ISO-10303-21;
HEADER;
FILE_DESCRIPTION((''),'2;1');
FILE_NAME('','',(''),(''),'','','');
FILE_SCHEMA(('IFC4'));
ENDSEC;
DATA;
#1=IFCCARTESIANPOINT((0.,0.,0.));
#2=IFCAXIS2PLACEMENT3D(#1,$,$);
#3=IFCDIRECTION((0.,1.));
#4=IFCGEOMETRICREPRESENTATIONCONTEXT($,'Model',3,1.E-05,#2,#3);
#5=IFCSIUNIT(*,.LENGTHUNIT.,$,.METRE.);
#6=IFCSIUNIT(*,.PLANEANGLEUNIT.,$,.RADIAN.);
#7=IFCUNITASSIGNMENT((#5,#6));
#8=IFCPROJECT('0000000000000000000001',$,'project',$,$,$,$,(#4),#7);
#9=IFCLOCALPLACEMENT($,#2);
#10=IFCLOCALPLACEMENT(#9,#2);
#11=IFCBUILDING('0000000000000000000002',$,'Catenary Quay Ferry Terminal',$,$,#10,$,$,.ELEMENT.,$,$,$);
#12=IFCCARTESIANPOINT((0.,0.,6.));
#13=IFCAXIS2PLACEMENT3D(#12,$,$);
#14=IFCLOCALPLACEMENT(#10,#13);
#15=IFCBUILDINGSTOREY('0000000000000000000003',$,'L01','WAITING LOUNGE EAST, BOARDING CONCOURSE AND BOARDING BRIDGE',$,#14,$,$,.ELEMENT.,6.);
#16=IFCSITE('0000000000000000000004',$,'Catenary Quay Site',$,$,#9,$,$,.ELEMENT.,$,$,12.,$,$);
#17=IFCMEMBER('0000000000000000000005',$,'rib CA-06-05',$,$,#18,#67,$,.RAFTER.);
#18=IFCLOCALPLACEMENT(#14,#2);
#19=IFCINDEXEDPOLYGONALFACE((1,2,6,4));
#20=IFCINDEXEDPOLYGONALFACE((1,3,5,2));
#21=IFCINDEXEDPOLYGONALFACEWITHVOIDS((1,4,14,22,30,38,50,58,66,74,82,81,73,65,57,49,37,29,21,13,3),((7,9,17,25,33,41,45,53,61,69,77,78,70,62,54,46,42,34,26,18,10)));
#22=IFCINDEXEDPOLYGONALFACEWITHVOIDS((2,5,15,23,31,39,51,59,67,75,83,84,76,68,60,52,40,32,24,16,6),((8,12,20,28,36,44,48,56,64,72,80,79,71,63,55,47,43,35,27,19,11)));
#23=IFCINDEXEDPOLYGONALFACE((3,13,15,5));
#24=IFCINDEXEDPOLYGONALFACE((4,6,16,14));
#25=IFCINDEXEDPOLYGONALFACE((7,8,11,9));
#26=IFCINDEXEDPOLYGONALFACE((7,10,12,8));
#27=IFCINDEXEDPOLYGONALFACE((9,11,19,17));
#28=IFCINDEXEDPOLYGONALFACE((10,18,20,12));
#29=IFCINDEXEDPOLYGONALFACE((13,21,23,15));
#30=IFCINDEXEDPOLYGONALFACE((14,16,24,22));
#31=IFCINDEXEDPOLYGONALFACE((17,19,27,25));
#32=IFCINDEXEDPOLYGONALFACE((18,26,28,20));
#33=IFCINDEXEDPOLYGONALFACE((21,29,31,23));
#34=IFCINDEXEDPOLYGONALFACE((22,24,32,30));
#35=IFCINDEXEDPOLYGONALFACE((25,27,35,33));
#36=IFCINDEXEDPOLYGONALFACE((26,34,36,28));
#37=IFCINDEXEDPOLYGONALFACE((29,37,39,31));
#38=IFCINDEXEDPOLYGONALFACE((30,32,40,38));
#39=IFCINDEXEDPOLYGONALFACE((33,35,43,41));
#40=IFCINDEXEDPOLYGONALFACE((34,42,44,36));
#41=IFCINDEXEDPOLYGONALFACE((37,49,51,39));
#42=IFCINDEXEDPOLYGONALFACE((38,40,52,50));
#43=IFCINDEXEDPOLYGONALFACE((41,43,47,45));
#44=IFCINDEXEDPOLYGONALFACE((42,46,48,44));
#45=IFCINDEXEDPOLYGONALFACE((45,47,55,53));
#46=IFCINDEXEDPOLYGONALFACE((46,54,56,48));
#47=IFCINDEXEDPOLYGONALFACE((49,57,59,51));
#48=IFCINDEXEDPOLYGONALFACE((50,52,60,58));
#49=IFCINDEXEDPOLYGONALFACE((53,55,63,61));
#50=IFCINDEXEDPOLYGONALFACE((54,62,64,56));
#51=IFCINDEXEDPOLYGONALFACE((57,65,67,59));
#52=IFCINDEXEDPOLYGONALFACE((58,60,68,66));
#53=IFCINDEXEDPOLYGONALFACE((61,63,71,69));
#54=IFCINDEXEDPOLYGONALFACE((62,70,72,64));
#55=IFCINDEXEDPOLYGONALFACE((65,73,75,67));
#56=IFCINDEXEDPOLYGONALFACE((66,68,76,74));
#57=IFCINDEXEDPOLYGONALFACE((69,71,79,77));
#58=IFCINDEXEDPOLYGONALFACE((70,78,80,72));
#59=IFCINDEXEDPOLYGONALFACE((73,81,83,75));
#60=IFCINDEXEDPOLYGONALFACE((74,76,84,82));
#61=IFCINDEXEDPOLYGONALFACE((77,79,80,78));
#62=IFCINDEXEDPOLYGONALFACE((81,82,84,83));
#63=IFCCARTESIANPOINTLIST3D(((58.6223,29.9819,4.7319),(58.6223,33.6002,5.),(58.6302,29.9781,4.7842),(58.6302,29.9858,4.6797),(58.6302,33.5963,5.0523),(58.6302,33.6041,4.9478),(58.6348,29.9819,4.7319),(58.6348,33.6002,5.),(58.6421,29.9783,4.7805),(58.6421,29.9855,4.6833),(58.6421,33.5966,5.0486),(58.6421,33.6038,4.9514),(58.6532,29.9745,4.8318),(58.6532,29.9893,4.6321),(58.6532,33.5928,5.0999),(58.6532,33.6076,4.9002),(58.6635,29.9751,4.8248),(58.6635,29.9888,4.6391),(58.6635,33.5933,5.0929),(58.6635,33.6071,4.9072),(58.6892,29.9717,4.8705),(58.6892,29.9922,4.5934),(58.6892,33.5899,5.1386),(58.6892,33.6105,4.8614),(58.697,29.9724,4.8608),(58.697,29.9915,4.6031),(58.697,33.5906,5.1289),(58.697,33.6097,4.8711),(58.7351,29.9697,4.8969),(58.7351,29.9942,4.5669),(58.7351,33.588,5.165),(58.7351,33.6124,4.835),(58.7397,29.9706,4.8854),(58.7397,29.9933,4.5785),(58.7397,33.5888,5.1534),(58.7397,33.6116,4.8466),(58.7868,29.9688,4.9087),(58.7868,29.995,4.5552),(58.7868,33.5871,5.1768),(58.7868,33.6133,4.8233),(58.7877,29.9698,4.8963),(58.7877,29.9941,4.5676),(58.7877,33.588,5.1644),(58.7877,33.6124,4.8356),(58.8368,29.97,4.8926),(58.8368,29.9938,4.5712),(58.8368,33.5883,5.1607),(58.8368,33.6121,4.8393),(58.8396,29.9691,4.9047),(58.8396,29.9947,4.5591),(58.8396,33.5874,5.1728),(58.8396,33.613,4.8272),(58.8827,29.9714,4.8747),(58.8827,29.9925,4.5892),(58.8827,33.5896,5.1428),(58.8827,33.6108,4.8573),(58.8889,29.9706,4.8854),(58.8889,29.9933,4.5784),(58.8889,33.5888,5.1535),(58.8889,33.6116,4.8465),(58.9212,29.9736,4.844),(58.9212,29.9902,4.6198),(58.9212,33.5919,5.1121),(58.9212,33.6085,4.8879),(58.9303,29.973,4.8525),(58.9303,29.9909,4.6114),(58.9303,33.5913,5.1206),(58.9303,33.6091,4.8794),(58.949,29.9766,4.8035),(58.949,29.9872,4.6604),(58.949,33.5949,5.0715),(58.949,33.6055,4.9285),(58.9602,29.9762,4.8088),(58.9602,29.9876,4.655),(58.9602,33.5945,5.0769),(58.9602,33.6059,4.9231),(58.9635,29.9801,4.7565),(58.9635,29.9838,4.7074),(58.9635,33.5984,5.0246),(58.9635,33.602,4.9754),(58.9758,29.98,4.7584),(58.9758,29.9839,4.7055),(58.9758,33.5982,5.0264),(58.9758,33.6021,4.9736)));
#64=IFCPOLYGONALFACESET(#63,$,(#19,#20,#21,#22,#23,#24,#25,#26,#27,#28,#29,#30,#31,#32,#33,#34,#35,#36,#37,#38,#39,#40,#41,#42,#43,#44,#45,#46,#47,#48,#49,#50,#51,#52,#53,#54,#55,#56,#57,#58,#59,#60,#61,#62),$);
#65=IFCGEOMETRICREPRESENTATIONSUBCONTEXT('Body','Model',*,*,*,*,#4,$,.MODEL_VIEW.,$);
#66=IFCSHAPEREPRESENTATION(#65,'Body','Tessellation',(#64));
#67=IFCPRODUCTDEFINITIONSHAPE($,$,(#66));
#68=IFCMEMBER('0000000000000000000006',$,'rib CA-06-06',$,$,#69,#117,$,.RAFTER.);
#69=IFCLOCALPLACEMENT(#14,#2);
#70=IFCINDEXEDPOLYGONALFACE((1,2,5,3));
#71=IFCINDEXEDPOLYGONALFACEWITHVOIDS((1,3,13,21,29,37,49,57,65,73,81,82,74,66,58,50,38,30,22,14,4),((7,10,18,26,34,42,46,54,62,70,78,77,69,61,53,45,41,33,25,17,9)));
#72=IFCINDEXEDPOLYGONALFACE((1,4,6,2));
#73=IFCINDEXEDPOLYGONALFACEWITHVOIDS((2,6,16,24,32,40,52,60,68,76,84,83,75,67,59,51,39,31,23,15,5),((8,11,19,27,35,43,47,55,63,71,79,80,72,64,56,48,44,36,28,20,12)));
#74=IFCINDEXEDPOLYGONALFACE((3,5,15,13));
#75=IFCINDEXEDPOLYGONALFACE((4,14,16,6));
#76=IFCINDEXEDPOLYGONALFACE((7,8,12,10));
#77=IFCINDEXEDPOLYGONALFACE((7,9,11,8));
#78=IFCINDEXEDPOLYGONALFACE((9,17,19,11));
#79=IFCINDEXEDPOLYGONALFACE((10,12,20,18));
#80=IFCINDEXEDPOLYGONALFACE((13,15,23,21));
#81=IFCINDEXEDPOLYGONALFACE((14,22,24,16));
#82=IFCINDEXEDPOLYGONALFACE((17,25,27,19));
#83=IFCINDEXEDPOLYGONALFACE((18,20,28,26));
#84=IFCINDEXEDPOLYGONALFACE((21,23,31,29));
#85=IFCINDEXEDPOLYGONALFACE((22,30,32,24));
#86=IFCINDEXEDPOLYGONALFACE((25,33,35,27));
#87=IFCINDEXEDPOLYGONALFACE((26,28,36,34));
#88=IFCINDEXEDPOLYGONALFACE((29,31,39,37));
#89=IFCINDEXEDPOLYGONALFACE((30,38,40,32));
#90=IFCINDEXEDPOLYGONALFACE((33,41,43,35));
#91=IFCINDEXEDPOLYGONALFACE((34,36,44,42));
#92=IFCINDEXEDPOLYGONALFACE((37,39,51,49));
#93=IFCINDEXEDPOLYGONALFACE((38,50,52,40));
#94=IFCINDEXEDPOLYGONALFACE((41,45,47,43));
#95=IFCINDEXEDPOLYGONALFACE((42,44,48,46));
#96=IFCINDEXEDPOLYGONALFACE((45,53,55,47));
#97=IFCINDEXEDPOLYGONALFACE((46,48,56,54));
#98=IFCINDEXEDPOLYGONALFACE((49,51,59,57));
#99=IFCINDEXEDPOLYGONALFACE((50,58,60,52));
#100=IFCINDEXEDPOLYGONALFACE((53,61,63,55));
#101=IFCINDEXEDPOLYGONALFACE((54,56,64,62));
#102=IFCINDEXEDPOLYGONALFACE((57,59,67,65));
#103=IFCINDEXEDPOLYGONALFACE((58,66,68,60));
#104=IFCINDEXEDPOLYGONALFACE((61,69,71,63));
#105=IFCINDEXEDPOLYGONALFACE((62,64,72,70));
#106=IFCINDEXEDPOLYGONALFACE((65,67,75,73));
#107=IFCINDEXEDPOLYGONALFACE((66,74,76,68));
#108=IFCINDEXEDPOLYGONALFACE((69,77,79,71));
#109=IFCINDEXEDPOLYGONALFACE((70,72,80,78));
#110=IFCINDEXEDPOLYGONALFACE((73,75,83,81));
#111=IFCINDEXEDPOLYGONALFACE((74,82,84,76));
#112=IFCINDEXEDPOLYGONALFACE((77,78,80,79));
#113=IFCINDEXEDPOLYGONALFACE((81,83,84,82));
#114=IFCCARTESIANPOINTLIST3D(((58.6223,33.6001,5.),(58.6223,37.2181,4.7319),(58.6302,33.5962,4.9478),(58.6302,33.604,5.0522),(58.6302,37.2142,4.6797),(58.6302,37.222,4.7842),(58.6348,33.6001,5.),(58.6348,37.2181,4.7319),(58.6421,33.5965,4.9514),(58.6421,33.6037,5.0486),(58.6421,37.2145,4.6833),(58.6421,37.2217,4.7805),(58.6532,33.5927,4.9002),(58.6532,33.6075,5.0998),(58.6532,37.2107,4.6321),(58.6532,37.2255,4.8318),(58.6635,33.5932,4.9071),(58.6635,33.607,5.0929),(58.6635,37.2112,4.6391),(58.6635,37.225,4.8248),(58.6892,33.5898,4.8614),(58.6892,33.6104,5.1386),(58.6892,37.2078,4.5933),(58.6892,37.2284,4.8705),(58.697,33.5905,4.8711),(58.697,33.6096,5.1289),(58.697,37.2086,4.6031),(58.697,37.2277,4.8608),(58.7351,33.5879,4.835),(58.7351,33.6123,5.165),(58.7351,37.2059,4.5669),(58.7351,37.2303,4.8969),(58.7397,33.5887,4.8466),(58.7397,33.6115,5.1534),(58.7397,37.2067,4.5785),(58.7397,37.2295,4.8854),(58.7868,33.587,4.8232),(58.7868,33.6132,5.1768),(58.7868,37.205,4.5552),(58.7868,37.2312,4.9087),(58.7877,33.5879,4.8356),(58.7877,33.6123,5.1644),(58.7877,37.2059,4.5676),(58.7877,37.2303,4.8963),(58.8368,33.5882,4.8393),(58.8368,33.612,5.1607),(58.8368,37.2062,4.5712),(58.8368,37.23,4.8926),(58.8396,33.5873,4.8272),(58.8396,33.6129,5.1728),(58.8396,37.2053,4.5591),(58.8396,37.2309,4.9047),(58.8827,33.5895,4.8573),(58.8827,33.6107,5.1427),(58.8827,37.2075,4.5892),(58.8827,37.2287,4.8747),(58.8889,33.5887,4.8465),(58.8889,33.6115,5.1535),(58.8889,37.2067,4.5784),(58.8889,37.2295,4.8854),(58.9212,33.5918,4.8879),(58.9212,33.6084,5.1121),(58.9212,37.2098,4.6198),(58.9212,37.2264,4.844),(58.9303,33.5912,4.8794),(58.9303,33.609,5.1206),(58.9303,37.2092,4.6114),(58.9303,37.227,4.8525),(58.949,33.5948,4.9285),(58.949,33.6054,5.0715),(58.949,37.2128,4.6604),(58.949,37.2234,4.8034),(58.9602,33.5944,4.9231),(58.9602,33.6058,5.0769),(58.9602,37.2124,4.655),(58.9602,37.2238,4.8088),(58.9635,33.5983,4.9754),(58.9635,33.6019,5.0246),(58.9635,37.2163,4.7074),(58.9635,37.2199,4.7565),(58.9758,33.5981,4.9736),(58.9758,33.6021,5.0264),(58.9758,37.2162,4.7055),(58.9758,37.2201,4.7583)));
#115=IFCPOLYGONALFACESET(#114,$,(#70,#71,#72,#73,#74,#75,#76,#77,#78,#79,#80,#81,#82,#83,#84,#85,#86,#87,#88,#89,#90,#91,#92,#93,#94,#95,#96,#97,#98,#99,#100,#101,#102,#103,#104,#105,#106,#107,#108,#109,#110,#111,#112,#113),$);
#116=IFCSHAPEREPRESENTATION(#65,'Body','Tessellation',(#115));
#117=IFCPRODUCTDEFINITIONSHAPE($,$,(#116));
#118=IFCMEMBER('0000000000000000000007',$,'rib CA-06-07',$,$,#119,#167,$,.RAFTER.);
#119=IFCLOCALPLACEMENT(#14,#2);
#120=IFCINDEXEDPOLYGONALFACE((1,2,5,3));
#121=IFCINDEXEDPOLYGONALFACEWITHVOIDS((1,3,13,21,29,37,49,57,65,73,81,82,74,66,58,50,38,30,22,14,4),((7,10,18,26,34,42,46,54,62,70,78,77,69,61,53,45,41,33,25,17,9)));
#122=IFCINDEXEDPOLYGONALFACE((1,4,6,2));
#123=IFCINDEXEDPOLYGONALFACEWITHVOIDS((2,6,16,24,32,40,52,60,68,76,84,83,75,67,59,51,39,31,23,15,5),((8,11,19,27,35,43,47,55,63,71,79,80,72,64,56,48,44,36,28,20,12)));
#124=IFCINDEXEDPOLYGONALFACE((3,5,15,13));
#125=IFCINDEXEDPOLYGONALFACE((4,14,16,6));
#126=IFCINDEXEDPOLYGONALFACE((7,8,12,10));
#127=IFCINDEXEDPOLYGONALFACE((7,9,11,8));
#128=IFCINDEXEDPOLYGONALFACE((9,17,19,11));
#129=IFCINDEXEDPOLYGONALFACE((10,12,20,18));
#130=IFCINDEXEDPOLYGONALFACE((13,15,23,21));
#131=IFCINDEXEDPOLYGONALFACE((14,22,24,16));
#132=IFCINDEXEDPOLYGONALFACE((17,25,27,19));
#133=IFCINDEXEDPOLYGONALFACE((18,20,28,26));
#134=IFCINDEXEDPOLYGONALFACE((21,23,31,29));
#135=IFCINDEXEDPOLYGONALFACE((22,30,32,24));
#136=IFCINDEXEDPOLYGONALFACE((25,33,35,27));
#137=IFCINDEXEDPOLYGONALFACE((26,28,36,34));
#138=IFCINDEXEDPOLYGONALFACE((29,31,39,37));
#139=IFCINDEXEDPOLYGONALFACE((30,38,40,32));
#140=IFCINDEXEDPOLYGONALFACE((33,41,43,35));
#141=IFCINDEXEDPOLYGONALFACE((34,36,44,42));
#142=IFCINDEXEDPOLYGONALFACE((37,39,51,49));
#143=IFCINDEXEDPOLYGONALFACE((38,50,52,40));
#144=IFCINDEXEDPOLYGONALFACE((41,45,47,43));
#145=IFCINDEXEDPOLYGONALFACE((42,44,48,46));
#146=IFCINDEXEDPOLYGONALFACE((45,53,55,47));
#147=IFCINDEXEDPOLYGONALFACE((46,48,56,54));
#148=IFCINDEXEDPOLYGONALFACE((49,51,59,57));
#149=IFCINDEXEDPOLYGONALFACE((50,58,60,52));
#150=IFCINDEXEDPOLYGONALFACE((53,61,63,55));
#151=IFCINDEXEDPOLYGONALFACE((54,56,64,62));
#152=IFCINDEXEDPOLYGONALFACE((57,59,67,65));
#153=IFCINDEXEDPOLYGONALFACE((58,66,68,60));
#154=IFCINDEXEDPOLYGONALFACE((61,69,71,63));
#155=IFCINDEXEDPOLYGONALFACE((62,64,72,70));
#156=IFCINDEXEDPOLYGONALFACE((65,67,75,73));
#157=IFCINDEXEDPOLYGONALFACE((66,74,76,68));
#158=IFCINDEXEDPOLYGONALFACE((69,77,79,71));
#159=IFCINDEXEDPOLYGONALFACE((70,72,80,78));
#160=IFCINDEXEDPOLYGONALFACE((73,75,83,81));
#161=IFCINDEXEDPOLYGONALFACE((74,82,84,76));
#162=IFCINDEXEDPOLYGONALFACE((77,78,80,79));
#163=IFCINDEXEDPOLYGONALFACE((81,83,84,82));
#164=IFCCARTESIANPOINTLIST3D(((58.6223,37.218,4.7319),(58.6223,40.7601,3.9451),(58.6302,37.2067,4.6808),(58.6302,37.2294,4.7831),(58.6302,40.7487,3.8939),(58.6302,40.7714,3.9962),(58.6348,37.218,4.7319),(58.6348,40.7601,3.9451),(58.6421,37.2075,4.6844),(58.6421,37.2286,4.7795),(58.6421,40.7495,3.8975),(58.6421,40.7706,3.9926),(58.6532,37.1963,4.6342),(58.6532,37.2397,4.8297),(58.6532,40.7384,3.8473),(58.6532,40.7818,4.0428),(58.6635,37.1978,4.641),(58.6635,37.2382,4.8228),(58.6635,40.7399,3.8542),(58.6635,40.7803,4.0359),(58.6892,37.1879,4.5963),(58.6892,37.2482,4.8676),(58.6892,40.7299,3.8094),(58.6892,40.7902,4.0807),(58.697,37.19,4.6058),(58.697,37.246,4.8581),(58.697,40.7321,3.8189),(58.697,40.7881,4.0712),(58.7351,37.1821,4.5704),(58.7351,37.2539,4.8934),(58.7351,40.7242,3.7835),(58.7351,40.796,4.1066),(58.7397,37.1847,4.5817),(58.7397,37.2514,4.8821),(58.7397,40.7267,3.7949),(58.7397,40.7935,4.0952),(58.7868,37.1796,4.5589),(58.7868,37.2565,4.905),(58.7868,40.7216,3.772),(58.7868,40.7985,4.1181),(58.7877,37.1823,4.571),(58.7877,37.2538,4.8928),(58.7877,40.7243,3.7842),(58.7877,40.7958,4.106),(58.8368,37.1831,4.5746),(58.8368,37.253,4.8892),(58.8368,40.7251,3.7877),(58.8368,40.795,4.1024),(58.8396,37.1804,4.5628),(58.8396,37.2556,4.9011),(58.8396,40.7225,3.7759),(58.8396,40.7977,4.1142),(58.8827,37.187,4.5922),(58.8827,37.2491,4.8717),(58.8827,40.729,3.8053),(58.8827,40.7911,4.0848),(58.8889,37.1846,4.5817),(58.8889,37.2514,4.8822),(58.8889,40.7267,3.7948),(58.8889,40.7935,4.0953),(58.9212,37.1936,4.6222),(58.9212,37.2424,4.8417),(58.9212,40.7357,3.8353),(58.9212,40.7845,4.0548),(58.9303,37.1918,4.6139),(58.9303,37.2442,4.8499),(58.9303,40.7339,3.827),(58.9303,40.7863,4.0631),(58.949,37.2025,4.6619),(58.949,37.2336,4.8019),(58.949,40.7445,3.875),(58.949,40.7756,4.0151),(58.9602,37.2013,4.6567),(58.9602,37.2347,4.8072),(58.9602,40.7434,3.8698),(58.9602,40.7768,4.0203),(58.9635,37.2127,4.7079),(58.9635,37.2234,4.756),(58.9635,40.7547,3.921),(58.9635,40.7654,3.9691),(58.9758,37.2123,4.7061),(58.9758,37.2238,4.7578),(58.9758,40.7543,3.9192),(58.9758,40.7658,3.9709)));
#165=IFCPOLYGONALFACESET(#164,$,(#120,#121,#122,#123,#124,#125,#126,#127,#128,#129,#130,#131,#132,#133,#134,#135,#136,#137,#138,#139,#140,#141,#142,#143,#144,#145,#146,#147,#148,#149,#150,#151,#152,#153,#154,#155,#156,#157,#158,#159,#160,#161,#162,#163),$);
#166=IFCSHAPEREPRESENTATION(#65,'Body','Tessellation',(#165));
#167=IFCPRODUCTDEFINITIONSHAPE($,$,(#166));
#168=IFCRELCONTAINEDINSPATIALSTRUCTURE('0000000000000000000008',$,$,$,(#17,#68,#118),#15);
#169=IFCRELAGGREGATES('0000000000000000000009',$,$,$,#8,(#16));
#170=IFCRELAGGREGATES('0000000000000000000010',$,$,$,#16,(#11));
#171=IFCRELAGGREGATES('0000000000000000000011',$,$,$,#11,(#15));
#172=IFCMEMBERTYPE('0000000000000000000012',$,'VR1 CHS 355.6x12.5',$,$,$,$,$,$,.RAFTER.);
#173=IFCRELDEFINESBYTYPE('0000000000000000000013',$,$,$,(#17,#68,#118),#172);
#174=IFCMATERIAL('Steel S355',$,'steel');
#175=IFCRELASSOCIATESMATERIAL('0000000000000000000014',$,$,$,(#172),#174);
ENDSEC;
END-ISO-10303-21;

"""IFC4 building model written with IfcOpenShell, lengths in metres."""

from ifc_helpers import new_model, si_unit, direction, frame, origin, origin_2d, place, context, subcontext, project, spatial, hollow_circle, extrude, material, material_profile, profile_set, type_object, element, save


model = new_model("IFC4")

# Units and contexts
model_context = context("Model", 3, precision=1e-05, world=origin(), true_north=direction((0.0, 1.0)))
body_context = subcontext(model_context, "Body", "Model", "MODEL_VIEW")
ifc_project = project(units=[si_unit("LENGTHUNIT", "METRE"), si_unit("PLANEANGLEUNIT", "RADIAN")], contexts=[model_context])

# Site, building, storey
site_placement = place(None, origin())
site = spatial("IfcSite", under=ifc_project, at=site_placement, Name="Catenary Quay Site", CompositionType="ELEMENT", RefElevation=12.0)
building_placement = place(site_placement, origin())
building = spatial("IfcBuilding", under=site, at=building_placement, Name="Catenary Quay Ferry Terminal", CompositionType="ELEMENT")
storey_placement = place(building_placement, frame((0.0, 0.0, 6.0)))
storey = spatial("IfcBuildingStorey", under=building, at=storey_placement, Name="L01", Description="WAITING LOUNGE EAST, BOARDING CONCOURSE AND BOARDING BRIDGE", CompositionType="ELEMENT", Elevation=6.0)

# Members
ifc_material_1 = material(Name="Steel S355", Category="steel")
ifc_material_profile_1 = material_profile(ifc_material_1, hollow_circle(Radius=0.1777, WallThickness=0.0125, at=origin_2d()), Name="CHS 355.6x12.5")
ifc_profile_set_1 = profile_set([ifc_material_profile_1], Name="Steel S355")
member_type_1 = type_object("IfcMemberType", Name="VR1 CHS 355.6x12.5", PredefinedType="RAFTER", material=ifc_profile_set_1)
for number, where, z_axis, x_axis, name in (
    (1, (58.8, 29.9819, 4.7319), (0.0, 0.997267, 0.073887), (-1.0, 0.0, 0.0), "rib CA-06-05"),
):
    element("IfcMember", number, at=place(storey_placement, frame(where, z_axis=z_axis, x_axis=x_axis)), inside=storey, type_object=member_type_1, Name=name, PredefinedType="RAFTER", context=body_context, shape_type="SweptSolid", body=[
        extrude(hollow_circle(Radius=0.1777, WallThickness=0.0125, at=origin_2d()), origin(), (0.0, 0.0, 1.0), 3.6282),
    ])
member_1_placement = place(storey_placement, frame((58.8, 33.6001, 5.0), z_axis=(0.0, 0.997266, -0.073892), x_axis=(-1.0, 0.0, 0.0)))
element("IfcMember", 2, at=member_1_placement, inside=storey, type_object=member_type_1, Name="rib CA-06-06", PredefinedType="RAFTER", context=body_context, shape_type="SweptSolid", body=[
    extrude(hollow_circle(Radius=0.1777, WallThickness=0.0125, at=origin_2d()), origin(), (0.0, 0.0, 1.0), 3.6279),
])
member_2_placement = place(storey_placement, frame((58.8, 37.218, 4.7319), z_axis=(0.0, 0.976201, -0.216866), x_axis=(-1.0, 0.0, 0.0)))
element("IfcMember", 3, at=member_2_placement, inside=storey, type_object=member_type_1, Name="rib CA-06-07", PredefinedType="RAFTER", context=body_context, shape_type="SweptSolid", body=[
    extrude(hollow_circle(Radius=0.1777, WallThickness=0.0125, at=origin_2d()), origin(), (0.0, 0.0, 1.0), 3.6284),
])

save(model, "model.ifc")
